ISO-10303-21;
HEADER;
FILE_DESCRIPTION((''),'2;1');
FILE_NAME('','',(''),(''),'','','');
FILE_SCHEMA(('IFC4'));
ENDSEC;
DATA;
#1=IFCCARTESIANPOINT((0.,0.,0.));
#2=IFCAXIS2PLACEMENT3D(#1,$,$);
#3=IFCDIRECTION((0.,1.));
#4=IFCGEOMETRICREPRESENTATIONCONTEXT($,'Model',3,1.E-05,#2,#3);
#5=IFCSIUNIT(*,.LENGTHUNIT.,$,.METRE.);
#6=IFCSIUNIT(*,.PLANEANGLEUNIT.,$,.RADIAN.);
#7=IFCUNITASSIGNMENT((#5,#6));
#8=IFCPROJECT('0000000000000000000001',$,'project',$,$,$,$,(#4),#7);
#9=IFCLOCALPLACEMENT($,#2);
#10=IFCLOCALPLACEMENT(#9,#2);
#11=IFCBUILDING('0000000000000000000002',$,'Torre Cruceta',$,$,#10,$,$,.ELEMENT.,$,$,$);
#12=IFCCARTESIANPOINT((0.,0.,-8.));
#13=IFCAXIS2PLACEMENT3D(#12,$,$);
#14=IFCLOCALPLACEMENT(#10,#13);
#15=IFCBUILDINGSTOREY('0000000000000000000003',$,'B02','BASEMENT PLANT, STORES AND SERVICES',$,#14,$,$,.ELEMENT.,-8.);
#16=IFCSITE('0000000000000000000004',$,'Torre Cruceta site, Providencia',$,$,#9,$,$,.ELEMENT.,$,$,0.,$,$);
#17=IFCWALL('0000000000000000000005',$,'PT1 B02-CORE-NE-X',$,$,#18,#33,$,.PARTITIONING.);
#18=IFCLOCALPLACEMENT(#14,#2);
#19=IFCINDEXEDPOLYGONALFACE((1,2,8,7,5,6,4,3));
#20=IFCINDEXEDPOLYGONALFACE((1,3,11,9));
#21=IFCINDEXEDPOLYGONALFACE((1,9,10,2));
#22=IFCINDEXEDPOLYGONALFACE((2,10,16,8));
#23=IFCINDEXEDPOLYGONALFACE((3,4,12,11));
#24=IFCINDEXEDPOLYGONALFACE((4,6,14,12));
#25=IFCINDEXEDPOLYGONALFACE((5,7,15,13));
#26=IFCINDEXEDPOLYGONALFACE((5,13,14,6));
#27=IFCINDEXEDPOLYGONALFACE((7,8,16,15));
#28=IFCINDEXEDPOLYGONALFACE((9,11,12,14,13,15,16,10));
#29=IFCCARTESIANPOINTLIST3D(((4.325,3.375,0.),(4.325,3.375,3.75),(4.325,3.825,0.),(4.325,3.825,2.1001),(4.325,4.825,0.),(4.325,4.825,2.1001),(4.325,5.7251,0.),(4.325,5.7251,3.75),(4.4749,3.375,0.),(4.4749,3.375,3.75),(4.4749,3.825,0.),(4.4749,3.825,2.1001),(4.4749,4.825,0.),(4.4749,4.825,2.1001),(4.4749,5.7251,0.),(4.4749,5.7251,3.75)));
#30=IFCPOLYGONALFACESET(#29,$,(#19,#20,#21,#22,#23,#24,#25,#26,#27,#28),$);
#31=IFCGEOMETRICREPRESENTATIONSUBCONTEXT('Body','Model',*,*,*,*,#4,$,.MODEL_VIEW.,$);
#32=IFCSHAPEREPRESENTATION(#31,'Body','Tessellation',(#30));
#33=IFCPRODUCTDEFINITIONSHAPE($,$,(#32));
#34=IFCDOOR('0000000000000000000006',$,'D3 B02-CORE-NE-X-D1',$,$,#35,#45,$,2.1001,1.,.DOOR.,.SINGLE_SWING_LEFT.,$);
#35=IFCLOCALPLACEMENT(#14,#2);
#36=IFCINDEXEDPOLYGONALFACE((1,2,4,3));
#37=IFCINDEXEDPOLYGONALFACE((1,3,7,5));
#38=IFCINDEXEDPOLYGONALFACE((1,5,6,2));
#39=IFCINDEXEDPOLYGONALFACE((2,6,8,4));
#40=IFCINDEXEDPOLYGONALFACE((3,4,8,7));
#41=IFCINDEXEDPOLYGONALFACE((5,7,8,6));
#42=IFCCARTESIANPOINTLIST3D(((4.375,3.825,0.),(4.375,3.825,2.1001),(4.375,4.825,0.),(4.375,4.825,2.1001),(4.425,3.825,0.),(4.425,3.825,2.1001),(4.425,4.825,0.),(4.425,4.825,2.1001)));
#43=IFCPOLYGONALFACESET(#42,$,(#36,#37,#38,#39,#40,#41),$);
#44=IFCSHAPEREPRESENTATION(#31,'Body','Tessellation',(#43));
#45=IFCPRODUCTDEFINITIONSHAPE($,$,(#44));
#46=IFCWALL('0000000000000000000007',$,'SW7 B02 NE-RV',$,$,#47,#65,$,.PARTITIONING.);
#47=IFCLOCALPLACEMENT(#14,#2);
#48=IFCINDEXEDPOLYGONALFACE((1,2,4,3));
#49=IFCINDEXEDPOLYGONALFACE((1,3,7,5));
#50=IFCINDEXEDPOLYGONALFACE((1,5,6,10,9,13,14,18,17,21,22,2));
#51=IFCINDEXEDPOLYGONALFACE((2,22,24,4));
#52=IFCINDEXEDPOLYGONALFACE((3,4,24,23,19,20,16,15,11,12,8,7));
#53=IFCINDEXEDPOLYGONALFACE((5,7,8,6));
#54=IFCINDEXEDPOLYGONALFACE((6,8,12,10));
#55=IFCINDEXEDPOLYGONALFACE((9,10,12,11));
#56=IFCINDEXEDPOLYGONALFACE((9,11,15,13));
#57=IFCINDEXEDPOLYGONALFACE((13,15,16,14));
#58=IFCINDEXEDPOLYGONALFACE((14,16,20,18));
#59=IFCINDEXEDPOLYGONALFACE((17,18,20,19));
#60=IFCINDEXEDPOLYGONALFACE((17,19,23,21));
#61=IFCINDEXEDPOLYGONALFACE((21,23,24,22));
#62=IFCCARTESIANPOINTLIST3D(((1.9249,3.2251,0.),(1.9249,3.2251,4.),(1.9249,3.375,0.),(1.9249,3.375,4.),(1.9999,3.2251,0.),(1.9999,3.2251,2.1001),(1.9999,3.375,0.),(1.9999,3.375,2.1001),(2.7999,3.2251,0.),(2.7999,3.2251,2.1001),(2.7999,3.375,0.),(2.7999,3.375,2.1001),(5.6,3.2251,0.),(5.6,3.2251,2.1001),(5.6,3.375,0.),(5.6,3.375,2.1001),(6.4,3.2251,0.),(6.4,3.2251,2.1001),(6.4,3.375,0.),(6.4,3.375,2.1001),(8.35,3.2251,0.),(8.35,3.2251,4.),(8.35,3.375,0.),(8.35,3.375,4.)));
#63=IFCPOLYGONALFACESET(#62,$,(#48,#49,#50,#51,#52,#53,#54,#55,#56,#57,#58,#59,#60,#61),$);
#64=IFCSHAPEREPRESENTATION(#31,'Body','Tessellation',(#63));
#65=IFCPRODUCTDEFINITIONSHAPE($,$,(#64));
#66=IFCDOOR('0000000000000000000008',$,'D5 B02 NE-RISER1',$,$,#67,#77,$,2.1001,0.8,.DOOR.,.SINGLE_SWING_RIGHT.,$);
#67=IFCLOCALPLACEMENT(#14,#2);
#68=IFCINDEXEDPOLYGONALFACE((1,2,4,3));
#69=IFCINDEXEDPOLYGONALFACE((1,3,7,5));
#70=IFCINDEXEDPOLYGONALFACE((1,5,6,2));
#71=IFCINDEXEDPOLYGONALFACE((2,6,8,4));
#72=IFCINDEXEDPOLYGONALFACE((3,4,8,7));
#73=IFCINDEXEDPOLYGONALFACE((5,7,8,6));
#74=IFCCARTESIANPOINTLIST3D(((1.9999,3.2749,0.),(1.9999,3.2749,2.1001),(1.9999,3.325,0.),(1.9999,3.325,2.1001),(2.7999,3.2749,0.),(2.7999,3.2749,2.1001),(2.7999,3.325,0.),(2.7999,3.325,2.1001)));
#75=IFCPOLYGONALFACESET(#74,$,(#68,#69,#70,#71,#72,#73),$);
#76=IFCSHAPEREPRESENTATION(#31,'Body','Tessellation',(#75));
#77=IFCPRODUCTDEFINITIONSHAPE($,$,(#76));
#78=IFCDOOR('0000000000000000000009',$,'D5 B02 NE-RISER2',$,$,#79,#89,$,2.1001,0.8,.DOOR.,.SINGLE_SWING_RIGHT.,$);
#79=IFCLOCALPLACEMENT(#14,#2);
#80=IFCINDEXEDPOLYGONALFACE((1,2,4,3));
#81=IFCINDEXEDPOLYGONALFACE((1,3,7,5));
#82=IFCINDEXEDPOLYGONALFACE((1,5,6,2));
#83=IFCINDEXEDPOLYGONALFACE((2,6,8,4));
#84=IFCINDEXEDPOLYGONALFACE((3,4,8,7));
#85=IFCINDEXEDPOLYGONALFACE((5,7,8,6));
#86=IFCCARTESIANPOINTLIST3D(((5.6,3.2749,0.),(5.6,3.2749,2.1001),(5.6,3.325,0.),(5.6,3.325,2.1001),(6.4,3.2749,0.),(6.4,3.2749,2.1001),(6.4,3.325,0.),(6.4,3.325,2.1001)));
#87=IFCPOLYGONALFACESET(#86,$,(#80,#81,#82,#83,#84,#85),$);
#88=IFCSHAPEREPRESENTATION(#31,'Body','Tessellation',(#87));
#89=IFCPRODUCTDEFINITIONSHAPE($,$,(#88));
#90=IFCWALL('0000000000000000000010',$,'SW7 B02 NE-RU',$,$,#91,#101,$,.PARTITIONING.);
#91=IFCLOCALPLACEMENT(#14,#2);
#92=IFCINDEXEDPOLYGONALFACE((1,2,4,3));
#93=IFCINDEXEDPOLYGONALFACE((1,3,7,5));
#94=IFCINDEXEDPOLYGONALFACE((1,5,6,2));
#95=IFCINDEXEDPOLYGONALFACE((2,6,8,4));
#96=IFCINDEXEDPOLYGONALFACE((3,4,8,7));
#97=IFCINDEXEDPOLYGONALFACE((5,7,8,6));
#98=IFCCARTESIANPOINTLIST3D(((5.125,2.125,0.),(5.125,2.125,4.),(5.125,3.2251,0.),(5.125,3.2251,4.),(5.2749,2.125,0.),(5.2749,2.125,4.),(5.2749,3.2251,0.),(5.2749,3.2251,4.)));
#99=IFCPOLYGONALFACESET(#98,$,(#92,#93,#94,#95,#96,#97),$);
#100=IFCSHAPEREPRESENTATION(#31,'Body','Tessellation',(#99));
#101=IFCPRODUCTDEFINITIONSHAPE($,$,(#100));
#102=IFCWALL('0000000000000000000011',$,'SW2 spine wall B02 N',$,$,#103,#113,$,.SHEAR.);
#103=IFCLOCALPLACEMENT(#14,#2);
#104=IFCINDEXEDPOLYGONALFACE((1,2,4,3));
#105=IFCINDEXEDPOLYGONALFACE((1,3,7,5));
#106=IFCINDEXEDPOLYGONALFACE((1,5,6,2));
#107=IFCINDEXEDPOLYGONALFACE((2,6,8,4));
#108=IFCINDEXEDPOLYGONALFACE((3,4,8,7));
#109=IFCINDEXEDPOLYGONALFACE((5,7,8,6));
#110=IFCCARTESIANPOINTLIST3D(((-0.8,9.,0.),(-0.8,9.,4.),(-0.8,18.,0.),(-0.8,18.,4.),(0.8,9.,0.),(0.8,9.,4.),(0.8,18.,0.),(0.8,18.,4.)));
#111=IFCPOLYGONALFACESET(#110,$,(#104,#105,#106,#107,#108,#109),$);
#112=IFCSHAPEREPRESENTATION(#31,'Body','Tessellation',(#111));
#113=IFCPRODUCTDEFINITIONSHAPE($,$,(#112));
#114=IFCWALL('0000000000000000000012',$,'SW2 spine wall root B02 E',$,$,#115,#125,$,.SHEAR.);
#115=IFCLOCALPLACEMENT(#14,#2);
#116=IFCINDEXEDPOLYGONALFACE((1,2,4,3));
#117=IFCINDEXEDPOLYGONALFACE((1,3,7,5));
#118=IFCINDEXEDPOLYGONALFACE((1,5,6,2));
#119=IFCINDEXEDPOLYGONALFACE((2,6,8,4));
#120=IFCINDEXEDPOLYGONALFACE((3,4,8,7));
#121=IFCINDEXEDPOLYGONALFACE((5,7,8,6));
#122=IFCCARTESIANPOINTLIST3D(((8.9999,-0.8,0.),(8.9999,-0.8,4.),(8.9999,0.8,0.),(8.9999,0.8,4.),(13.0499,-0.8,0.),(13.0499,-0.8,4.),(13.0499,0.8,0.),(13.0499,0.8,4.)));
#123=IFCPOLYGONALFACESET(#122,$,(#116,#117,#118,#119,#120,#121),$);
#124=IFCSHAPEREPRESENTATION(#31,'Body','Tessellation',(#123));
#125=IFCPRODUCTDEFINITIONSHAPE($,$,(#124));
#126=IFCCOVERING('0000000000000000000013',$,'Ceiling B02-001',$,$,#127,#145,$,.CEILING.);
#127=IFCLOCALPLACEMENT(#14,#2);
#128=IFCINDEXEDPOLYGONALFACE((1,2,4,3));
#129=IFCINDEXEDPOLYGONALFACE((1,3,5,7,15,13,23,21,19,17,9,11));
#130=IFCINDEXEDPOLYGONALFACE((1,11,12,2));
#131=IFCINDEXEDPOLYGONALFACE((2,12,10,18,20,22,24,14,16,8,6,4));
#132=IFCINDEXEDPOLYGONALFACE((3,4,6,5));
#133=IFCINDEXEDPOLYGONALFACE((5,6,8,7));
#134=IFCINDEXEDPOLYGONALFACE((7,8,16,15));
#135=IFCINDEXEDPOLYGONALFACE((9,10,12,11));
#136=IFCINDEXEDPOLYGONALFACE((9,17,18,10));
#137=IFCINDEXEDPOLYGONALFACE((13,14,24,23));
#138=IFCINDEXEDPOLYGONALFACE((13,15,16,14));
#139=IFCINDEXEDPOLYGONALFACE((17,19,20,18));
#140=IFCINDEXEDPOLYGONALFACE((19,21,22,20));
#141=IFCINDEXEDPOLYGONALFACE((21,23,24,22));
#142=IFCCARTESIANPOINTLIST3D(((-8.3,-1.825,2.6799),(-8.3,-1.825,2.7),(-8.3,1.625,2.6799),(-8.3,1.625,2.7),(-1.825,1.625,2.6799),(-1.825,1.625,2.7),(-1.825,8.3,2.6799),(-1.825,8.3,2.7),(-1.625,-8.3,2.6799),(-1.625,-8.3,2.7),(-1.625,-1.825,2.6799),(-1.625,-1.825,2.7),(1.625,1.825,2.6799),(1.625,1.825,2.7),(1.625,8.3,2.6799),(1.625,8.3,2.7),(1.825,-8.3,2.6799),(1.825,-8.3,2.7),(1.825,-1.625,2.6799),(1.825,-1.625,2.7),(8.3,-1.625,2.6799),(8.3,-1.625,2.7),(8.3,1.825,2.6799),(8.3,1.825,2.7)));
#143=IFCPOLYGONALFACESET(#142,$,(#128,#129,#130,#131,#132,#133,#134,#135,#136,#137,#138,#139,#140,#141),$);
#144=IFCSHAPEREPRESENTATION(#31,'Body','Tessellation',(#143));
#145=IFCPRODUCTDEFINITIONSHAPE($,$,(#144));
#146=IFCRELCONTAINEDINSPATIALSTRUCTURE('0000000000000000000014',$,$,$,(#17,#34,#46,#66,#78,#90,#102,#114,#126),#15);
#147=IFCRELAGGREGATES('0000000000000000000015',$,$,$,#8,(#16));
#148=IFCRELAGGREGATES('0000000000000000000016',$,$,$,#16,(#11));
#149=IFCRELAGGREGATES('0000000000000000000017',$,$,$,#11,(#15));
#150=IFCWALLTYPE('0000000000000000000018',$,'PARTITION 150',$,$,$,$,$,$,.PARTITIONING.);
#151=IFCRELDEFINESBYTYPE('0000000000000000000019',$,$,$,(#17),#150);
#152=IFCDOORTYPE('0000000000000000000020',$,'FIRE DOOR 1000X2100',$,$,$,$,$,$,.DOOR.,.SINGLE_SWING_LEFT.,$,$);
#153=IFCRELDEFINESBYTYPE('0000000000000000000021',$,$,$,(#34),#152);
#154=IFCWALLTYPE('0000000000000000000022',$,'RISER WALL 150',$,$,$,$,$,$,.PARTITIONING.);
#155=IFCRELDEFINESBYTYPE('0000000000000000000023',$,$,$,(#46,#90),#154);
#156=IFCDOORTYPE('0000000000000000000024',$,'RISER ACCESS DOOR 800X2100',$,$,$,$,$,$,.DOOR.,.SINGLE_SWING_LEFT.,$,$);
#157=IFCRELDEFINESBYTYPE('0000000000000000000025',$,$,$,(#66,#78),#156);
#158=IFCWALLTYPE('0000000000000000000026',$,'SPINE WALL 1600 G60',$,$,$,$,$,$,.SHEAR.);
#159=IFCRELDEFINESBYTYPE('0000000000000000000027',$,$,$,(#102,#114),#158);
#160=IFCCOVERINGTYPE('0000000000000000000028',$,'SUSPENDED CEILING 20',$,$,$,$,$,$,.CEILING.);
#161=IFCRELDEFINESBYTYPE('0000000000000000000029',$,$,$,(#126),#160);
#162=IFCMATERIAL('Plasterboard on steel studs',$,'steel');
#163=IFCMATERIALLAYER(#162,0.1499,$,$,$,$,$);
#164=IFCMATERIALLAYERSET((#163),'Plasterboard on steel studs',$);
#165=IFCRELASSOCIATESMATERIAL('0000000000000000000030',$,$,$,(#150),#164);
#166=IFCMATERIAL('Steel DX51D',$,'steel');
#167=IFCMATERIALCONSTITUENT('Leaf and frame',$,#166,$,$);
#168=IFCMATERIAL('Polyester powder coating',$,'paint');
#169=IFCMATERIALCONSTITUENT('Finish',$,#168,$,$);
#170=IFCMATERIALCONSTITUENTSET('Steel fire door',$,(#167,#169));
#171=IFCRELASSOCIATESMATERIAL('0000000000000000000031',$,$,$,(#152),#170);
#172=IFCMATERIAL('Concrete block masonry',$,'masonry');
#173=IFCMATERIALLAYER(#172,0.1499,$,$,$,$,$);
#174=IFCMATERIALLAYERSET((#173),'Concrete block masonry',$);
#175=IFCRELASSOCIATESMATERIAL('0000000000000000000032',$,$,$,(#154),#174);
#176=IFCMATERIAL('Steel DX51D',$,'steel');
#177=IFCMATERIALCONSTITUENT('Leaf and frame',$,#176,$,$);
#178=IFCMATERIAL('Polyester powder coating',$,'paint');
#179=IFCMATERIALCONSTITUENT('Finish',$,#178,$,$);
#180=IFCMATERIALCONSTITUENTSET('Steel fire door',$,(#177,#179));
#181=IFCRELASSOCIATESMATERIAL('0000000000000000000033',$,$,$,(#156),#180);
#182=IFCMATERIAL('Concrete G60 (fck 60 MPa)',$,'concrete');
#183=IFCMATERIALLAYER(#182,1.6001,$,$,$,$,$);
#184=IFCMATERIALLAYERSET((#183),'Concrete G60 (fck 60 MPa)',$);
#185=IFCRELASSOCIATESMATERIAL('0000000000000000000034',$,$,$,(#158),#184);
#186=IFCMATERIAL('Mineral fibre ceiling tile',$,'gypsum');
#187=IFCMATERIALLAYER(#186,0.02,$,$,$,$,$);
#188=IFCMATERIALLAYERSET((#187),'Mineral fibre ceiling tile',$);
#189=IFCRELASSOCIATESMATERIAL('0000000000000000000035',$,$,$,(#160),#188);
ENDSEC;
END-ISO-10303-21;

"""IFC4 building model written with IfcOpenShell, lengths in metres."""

from ifc_helpers import new_model, si_unit, direction, frame, frame_2d, origin, place, context, subcontext, project, spatial, polyline, rectangle, outline, extrude, material, layer, layer_set, constituent, constituent_set, type_object, element, fill, save


model = new_model("IFC4")

# Units and contexts
model_context = context("Model", 3, precision=1e-05, world=origin(), true_north=direction((0.0, 1.0)))
body_context = subcontext(model_context, "Body", "Model", "MODEL_VIEW")
ifc_project = project(units=[si_unit("LENGTHUNIT", "METRE"), si_unit("PLANEANGLEUNIT", "RADIAN")], contexts=[model_context])

# Site, building, storey
site_placement = place(None, origin())
site = spatial("IfcSite", under=ifc_project, at=site_placement, Name="Torre Cruceta site, Providencia", CompositionType="ELEMENT", RefElevation=0.0)
building_placement = place(site_placement, origin())
building = spatial("IfcBuilding", under=site, at=building_placement, Name="Torre Cruceta", CompositionType="ELEMENT")
storey_placement = place(building_placement, frame((0.0, 0.0, -8.0)))
storey = spatial("IfcBuildingStorey", under=building, at=storey_placement, Name="B02", Description="BASEMENT PLANT, STORES AND SERVICES", CompositionType="ELEMENT", Elevation=-8.0)

# Wall, opening, door
ifc_material_1 = material(Name="Plasterboard on steel studs", Category="steel")
ifc_layer_1 = layer(ifc_material_1, 0.1499)
ifc_layer_set_1 = layer_set([ifc_layer_1], Name="Plasterboard on steel studs")
wall_type_1 = type_object("IfcWallType", Name="PARTITION 150", PredefinedType="PARTITIONING", material=ifc_layer_set_1)
wall_1_placement = place(storey_placement, frame((4.3999, 3.375, 0.0), z_axis=(0.0, 0.0, 1.0), x_axis=(0.0, 1.0, 0.0)))
wall_1 = element("IfcWall", 1, at=wall_1_placement, inside=storey, type_object=wall_type_1, Name="PT1 B02-CORE-NE-X", PredefinedType="PARTITIONING", context=body_context, shape_type="SweptSolid", body=[
    extrude(rectangle(XDim=2.3501, YDim=0.1499, at=frame_2d((1.175, 0.0))), origin(), (0.0, 0.0, 1.0), 3.75),
])
opening_1_placement = place(wall_1_placement, frame((0.45, 0.0, 0.0)))
opening_1 = element("IfcOpeningElement", 2, at=opening_1_placement, cuts=wall_1, PredefinedType="OPENING", context=body_context, shape_type="SweptSolid", body=[
    extrude(rectangle(XDim=1.0, YDim=2.1001, at=frame_2d((0.5, 1.05))), frame((0.0, 0.085, 0.0), z_axis=(0.0, -1.0, 0.0), x_axis=(1.0, 0.0, 0.0)), (0.0, 0.0, 1.0), 0.1699),
])
ifc_material_2 = material(Name="Steel DX51D", Category="steel")
ifc_constituent_1 = constituent(ifc_material_2, Name="Leaf and frame")
ifc_material_3 = material(Name="Polyester powder coating", Category="paint")
ifc_constituent_2 = constituent(ifc_material_3, Name="Finish")
ifc_constituent_set_1 = constituent_set(constituents=[ifc_constituent_1, ifc_constituent_2], Name="Steel fire door")
door_type_1 = type_object("IfcDoorType", Name="FIRE DOOR 1000X2100", OperationType="SINGLE_SWING_LEFT", PredefinedType="DOOR", material=ifc_constituent_set_1)
door_1_placement = place(opening_1_placement, origin())
door_1 = element("IfcDoor", 3, at=door_1_placement, inside=storey, type_object=door_type_1, Name="D3 B02-CORE-NE-X-D1", OperationType="SINGLE_SWING_LEFT", OverallHeight=2.1001, OverallWidth=1.0, PredefinedType="DOOR", context=body_context, shape_type="SweptSolid", body=[
    extrude(rectangle(XDim=1.0, YDim=2.1001, at=frame_2d((0.5, 1.05))), frame((0.0, 0.0249, 0.0), z_axis=(0.0, -1.0, 0.0), x_axis=(1.0, 0.0, 0.0)), (0.0, 0.0, 1.0), 0.05),
])
fill(opening_1, door_1)

# Wall, openings, doors
ifc_material_4 = material(Name="Concrete block masonry", Category="masonry")
ifc_layer_2 = layer(ifc_material_4, 0.1499)
ifc_layer_set_2 = layer_set([ifc_layer_2], Name="Concrete block masonry")
wall_type_2 = type_object("IfcWallType", Name="RISER WALL 150", PredefinedType="PARTITIONING", material=ifc_layer_set_2)
wall_2_placement = place(storey_placement, frame((1.925, 3.3, 0.0), z_axis=(0.0, 0.0, 1.0), x_axis=(1.0, 0.0, 0.0)))
wall_2 = element("IfcWall", 4, at=wall_2_placement, inside=storey, type_object=wall_type_2, Name="SW7 B02 NE-RV", PredefinedType="PARTITIONING", context=body_context, shape_type="SweptSolid", body=[
    extrude(rectangle(XDim=6.425, YDim=0.1499, at=frame_2d((3.2124, 0.0))), origin(), (0.0, 0.0, 1.0), 4.0),
])
opening_2_placement = place(wall_2_placement, frame((0.075, 0.0, 0.0)))
opening_2 = element("IfcOpeningElement", 5, at=opening_2_placement, cuts=wall_2, PredefinedType="OPENING", context=body_context, shape_type="SweptSolid", body=[
    extrude(rectangle(XDim=0.8, YDim=2.1001, at=frame_2d((0.3999, 1.05))), frame((0.0, 0.085, 0.0), z_axis=(0.0, -1.0, 0.0), x_axis=(1.0, 0.0, 0.0)), (0.0, 0.0, 1.0), 0.1699),
])
opening_3_placement = place(wall_2_placement, frame((3.675, 0.0, 0.0)))
opening_3 = element("IfcOpeningElement", 6, at=opening_3_placement, cuts=wall_2, PredefinedType="OPENING", context=body_context, shape_type="SweptSolid", body=[
    extrude(rectangle(XDim=0.8, YDim=2.1001, at=frame_2d((0.3999, 1.05))), frame((0.0, 0.085, 0.0), z_axis=(0.0, -1.0, 0.0), x_axis=(1.0, 0.0, 0.0)), (0.0, 0.0, 1.0), 0.1699),
])
ifc_material_5 = material(Name="Steel DX51D", Category="steel")
ifc_constituent_3 = constituent(ifc_material_5, Name="Leaf and frame")
ifc_material_6 = material(Name="Polyester powder coating", Category="paint")
ifc_constituent_4 = constituent(ifc_material_6, Name="Finish")
ifc_constituent_set_2 = constituent_set(constituents=[ifc_constituent_3, ifc_constituent_4], Name="Steel fire door")
door_type_2 = type_object("IfcDoorType", Name="RISER ACCESS DOOR 800X2100", OperationType="SINGLE_SWING_LEFT", PredefinedType="DOOR", material=ifc_constituent_set_2)
door_2_placement = place(opening_2_placement, frame((0.8, 0.0, 0.0), z_axis=(0.0, 0.0, 1.0), x_axis=(-1.0, 0.0, 0.0)))
door_2 = element("IfcDoor", 7, at=door_2_placement, inside=storey, type_object=door_type_2, Name="D5 B02 NE-RISER1", OperationType="SINGLE_SWING_RIGHT", OverallHeight=2.1001, OverallWidth=0.8, PredefinedType="DOOR", context=body_context, shape_type="SweptSolid", body=[
    extrude(rectangle(XDim=0.8, YDim=2.1001, at=frame_2d((0.4001, 1.05))), frame((0.0, 0.0251, 0.0), z_axis=(0.0, -1.0, 0.0), x_axis=(1.0, 0.0, 0.0)), (0.0, 0.0, 1.0), 0.05),
])
fill(opening_2, door_2)
door_3_placement = place(opening_3_placement, frame((0.8, 0.0, 0.0), z_axis=(0.0, 0.0, 1.0), x_axis=(-1.0, 0.0, 0.0)))
door_3 = element("IfcDoor", 8, at=door_3_placement, inside=storey, type_object=door_type_2, Name="D5 B02 NE-RISER2", OperationType="SINGLE_SWING_RIGHT", OverallHeight=2.1001, OverallWidth=0.8, PredefinedType="DOOR", context=body_context, shape_type="SweptSolid", body=[
    extrude(rectangle(XDim=0.8, YDim=2.1001, at=frame_2d((0.4001, 1.05))), frame((0.0, 0.0251, 0.0), z_axis=(0.0, -1.0, 0.0), x_axis=(1.0, 0.0, 0.0)), (0.0, 0.0, 1.0), 0.05),
])
fill(opening_3, door_3)

# Walls
wall_3_placement = place(storey_placement, frame((5.2, 2.125, 0.0), z_axis=(0.0, 0.0, 1.0), x_axis=(0.0, 1.0, 0.0)))
element("IfcWall", 9, at=wall_3_placement, inside=storey, type_object=wall_type_2, Name="SW7 B02 NE-RU", PredefinedType="PARTITIONING", context=body_context, shape_type="SweptSolid", body=[
    extrude(rectangle(XDim=1.1001, YDim=0.1499, at=frame_2d((0.55, 0.0))), origin(), (0.0, 0.0, 1.0), 4.0),
])
ifc_material_7 = material(Name="Concrete G60 (fck 60 MPa)", Category="concrete")
ifc_layer_3 = layer(ifc_material_7, 1.6001)
ifc_layer_set_3 = layer_set([ifc_layer_3], Name="Concrete G60 (fck 60 MPa)")
wall_type_3 = type_object("IfcWallType", Name="SPINE WALL 1600 G60", PredefinedType="SHEAR", material=ifc_layer_set_3)
wall_4_placement = place(storey_placement, frame((0.0, 9.0, 0.0), z_axis=(0.0, 0.0, 1.0), x_axis=(0.0, 1.0, 0.0)))
element("IfcWall", 10, at=wall_4_placement, inside=storey, type_object=wall_type_3, Name="SW2 spine wall B02 N", PredefinedType="SHEAR", context=body_context, shape_type="SweptSolid", body=[
    extrude(rectangle(XDim=9.0, YDim=1.6001, at=frame_2d((4.5, 0.0))), origin(), (0.0, 0.0, 1.0), 4.0),
])
wall_5_placement = place(storey_placement, frame((9.0, 0.0, 0.0), z_axis=(0.0, 0.0, 1.0), x_axis=(1.0, 0.0, 0.0)))
element("IfcWall", 11, at=wall_5_placement, inside=storey, type_object=wall_type_3, Name="SW2 spine wall root B02 E", PredefinedType="SHEAR", context=body_context, shape_type="SweptSolid", body=[
    extrude(rectangle(XDim=4.05, YDim=1.6001, at=frame_2d((2.0249, 0.0))), origin(), (0.0, 0.0, 1.0), 4.0),
])

# Covering
ifc_material_8 = material(Name="Mineral fibre ceiling tile", Category="gypsum")
ifc_layer_4 = layer(ifc_material_8, 0.02)
ifc_layer_set_4 = layer_set([ifc_layer_4], Name="Mineral fibre ceiling tile")
covering_type = type_object("IfcCoveringType", Name="SUSPENDED CEILING 20", PredefinedType="CEILING", material=ifc_layer_set_4)
covering_placement = place(storey_placement, frame((0.0, 0.0, 2.6799)))
element("IfcCovering", 12, at=covering_placement, inside=storey, type_object=covering_type, Name="Ceiling B02-001", PredefinedType="CEILING", context=body_context, shape_type="SweptSolid", body=[
    extrude(outline(polyline([(-1.625, -8.3), (-1.625, -1.825), (-8.3, -1.825), (-8.3, 1.625), (-1.825, 1.625), (-1.825, 8.3), (1.625, 8.3), (1.625, 1.825), (8.3, 1.825), (8.3, -1.625), (1.825, -1.625), (1.825, -8.3), (-1.625, -8.3)])), origin(), (0.0, 0.0, 1.0), 0.02),
])

save(model, "model.ifc")
